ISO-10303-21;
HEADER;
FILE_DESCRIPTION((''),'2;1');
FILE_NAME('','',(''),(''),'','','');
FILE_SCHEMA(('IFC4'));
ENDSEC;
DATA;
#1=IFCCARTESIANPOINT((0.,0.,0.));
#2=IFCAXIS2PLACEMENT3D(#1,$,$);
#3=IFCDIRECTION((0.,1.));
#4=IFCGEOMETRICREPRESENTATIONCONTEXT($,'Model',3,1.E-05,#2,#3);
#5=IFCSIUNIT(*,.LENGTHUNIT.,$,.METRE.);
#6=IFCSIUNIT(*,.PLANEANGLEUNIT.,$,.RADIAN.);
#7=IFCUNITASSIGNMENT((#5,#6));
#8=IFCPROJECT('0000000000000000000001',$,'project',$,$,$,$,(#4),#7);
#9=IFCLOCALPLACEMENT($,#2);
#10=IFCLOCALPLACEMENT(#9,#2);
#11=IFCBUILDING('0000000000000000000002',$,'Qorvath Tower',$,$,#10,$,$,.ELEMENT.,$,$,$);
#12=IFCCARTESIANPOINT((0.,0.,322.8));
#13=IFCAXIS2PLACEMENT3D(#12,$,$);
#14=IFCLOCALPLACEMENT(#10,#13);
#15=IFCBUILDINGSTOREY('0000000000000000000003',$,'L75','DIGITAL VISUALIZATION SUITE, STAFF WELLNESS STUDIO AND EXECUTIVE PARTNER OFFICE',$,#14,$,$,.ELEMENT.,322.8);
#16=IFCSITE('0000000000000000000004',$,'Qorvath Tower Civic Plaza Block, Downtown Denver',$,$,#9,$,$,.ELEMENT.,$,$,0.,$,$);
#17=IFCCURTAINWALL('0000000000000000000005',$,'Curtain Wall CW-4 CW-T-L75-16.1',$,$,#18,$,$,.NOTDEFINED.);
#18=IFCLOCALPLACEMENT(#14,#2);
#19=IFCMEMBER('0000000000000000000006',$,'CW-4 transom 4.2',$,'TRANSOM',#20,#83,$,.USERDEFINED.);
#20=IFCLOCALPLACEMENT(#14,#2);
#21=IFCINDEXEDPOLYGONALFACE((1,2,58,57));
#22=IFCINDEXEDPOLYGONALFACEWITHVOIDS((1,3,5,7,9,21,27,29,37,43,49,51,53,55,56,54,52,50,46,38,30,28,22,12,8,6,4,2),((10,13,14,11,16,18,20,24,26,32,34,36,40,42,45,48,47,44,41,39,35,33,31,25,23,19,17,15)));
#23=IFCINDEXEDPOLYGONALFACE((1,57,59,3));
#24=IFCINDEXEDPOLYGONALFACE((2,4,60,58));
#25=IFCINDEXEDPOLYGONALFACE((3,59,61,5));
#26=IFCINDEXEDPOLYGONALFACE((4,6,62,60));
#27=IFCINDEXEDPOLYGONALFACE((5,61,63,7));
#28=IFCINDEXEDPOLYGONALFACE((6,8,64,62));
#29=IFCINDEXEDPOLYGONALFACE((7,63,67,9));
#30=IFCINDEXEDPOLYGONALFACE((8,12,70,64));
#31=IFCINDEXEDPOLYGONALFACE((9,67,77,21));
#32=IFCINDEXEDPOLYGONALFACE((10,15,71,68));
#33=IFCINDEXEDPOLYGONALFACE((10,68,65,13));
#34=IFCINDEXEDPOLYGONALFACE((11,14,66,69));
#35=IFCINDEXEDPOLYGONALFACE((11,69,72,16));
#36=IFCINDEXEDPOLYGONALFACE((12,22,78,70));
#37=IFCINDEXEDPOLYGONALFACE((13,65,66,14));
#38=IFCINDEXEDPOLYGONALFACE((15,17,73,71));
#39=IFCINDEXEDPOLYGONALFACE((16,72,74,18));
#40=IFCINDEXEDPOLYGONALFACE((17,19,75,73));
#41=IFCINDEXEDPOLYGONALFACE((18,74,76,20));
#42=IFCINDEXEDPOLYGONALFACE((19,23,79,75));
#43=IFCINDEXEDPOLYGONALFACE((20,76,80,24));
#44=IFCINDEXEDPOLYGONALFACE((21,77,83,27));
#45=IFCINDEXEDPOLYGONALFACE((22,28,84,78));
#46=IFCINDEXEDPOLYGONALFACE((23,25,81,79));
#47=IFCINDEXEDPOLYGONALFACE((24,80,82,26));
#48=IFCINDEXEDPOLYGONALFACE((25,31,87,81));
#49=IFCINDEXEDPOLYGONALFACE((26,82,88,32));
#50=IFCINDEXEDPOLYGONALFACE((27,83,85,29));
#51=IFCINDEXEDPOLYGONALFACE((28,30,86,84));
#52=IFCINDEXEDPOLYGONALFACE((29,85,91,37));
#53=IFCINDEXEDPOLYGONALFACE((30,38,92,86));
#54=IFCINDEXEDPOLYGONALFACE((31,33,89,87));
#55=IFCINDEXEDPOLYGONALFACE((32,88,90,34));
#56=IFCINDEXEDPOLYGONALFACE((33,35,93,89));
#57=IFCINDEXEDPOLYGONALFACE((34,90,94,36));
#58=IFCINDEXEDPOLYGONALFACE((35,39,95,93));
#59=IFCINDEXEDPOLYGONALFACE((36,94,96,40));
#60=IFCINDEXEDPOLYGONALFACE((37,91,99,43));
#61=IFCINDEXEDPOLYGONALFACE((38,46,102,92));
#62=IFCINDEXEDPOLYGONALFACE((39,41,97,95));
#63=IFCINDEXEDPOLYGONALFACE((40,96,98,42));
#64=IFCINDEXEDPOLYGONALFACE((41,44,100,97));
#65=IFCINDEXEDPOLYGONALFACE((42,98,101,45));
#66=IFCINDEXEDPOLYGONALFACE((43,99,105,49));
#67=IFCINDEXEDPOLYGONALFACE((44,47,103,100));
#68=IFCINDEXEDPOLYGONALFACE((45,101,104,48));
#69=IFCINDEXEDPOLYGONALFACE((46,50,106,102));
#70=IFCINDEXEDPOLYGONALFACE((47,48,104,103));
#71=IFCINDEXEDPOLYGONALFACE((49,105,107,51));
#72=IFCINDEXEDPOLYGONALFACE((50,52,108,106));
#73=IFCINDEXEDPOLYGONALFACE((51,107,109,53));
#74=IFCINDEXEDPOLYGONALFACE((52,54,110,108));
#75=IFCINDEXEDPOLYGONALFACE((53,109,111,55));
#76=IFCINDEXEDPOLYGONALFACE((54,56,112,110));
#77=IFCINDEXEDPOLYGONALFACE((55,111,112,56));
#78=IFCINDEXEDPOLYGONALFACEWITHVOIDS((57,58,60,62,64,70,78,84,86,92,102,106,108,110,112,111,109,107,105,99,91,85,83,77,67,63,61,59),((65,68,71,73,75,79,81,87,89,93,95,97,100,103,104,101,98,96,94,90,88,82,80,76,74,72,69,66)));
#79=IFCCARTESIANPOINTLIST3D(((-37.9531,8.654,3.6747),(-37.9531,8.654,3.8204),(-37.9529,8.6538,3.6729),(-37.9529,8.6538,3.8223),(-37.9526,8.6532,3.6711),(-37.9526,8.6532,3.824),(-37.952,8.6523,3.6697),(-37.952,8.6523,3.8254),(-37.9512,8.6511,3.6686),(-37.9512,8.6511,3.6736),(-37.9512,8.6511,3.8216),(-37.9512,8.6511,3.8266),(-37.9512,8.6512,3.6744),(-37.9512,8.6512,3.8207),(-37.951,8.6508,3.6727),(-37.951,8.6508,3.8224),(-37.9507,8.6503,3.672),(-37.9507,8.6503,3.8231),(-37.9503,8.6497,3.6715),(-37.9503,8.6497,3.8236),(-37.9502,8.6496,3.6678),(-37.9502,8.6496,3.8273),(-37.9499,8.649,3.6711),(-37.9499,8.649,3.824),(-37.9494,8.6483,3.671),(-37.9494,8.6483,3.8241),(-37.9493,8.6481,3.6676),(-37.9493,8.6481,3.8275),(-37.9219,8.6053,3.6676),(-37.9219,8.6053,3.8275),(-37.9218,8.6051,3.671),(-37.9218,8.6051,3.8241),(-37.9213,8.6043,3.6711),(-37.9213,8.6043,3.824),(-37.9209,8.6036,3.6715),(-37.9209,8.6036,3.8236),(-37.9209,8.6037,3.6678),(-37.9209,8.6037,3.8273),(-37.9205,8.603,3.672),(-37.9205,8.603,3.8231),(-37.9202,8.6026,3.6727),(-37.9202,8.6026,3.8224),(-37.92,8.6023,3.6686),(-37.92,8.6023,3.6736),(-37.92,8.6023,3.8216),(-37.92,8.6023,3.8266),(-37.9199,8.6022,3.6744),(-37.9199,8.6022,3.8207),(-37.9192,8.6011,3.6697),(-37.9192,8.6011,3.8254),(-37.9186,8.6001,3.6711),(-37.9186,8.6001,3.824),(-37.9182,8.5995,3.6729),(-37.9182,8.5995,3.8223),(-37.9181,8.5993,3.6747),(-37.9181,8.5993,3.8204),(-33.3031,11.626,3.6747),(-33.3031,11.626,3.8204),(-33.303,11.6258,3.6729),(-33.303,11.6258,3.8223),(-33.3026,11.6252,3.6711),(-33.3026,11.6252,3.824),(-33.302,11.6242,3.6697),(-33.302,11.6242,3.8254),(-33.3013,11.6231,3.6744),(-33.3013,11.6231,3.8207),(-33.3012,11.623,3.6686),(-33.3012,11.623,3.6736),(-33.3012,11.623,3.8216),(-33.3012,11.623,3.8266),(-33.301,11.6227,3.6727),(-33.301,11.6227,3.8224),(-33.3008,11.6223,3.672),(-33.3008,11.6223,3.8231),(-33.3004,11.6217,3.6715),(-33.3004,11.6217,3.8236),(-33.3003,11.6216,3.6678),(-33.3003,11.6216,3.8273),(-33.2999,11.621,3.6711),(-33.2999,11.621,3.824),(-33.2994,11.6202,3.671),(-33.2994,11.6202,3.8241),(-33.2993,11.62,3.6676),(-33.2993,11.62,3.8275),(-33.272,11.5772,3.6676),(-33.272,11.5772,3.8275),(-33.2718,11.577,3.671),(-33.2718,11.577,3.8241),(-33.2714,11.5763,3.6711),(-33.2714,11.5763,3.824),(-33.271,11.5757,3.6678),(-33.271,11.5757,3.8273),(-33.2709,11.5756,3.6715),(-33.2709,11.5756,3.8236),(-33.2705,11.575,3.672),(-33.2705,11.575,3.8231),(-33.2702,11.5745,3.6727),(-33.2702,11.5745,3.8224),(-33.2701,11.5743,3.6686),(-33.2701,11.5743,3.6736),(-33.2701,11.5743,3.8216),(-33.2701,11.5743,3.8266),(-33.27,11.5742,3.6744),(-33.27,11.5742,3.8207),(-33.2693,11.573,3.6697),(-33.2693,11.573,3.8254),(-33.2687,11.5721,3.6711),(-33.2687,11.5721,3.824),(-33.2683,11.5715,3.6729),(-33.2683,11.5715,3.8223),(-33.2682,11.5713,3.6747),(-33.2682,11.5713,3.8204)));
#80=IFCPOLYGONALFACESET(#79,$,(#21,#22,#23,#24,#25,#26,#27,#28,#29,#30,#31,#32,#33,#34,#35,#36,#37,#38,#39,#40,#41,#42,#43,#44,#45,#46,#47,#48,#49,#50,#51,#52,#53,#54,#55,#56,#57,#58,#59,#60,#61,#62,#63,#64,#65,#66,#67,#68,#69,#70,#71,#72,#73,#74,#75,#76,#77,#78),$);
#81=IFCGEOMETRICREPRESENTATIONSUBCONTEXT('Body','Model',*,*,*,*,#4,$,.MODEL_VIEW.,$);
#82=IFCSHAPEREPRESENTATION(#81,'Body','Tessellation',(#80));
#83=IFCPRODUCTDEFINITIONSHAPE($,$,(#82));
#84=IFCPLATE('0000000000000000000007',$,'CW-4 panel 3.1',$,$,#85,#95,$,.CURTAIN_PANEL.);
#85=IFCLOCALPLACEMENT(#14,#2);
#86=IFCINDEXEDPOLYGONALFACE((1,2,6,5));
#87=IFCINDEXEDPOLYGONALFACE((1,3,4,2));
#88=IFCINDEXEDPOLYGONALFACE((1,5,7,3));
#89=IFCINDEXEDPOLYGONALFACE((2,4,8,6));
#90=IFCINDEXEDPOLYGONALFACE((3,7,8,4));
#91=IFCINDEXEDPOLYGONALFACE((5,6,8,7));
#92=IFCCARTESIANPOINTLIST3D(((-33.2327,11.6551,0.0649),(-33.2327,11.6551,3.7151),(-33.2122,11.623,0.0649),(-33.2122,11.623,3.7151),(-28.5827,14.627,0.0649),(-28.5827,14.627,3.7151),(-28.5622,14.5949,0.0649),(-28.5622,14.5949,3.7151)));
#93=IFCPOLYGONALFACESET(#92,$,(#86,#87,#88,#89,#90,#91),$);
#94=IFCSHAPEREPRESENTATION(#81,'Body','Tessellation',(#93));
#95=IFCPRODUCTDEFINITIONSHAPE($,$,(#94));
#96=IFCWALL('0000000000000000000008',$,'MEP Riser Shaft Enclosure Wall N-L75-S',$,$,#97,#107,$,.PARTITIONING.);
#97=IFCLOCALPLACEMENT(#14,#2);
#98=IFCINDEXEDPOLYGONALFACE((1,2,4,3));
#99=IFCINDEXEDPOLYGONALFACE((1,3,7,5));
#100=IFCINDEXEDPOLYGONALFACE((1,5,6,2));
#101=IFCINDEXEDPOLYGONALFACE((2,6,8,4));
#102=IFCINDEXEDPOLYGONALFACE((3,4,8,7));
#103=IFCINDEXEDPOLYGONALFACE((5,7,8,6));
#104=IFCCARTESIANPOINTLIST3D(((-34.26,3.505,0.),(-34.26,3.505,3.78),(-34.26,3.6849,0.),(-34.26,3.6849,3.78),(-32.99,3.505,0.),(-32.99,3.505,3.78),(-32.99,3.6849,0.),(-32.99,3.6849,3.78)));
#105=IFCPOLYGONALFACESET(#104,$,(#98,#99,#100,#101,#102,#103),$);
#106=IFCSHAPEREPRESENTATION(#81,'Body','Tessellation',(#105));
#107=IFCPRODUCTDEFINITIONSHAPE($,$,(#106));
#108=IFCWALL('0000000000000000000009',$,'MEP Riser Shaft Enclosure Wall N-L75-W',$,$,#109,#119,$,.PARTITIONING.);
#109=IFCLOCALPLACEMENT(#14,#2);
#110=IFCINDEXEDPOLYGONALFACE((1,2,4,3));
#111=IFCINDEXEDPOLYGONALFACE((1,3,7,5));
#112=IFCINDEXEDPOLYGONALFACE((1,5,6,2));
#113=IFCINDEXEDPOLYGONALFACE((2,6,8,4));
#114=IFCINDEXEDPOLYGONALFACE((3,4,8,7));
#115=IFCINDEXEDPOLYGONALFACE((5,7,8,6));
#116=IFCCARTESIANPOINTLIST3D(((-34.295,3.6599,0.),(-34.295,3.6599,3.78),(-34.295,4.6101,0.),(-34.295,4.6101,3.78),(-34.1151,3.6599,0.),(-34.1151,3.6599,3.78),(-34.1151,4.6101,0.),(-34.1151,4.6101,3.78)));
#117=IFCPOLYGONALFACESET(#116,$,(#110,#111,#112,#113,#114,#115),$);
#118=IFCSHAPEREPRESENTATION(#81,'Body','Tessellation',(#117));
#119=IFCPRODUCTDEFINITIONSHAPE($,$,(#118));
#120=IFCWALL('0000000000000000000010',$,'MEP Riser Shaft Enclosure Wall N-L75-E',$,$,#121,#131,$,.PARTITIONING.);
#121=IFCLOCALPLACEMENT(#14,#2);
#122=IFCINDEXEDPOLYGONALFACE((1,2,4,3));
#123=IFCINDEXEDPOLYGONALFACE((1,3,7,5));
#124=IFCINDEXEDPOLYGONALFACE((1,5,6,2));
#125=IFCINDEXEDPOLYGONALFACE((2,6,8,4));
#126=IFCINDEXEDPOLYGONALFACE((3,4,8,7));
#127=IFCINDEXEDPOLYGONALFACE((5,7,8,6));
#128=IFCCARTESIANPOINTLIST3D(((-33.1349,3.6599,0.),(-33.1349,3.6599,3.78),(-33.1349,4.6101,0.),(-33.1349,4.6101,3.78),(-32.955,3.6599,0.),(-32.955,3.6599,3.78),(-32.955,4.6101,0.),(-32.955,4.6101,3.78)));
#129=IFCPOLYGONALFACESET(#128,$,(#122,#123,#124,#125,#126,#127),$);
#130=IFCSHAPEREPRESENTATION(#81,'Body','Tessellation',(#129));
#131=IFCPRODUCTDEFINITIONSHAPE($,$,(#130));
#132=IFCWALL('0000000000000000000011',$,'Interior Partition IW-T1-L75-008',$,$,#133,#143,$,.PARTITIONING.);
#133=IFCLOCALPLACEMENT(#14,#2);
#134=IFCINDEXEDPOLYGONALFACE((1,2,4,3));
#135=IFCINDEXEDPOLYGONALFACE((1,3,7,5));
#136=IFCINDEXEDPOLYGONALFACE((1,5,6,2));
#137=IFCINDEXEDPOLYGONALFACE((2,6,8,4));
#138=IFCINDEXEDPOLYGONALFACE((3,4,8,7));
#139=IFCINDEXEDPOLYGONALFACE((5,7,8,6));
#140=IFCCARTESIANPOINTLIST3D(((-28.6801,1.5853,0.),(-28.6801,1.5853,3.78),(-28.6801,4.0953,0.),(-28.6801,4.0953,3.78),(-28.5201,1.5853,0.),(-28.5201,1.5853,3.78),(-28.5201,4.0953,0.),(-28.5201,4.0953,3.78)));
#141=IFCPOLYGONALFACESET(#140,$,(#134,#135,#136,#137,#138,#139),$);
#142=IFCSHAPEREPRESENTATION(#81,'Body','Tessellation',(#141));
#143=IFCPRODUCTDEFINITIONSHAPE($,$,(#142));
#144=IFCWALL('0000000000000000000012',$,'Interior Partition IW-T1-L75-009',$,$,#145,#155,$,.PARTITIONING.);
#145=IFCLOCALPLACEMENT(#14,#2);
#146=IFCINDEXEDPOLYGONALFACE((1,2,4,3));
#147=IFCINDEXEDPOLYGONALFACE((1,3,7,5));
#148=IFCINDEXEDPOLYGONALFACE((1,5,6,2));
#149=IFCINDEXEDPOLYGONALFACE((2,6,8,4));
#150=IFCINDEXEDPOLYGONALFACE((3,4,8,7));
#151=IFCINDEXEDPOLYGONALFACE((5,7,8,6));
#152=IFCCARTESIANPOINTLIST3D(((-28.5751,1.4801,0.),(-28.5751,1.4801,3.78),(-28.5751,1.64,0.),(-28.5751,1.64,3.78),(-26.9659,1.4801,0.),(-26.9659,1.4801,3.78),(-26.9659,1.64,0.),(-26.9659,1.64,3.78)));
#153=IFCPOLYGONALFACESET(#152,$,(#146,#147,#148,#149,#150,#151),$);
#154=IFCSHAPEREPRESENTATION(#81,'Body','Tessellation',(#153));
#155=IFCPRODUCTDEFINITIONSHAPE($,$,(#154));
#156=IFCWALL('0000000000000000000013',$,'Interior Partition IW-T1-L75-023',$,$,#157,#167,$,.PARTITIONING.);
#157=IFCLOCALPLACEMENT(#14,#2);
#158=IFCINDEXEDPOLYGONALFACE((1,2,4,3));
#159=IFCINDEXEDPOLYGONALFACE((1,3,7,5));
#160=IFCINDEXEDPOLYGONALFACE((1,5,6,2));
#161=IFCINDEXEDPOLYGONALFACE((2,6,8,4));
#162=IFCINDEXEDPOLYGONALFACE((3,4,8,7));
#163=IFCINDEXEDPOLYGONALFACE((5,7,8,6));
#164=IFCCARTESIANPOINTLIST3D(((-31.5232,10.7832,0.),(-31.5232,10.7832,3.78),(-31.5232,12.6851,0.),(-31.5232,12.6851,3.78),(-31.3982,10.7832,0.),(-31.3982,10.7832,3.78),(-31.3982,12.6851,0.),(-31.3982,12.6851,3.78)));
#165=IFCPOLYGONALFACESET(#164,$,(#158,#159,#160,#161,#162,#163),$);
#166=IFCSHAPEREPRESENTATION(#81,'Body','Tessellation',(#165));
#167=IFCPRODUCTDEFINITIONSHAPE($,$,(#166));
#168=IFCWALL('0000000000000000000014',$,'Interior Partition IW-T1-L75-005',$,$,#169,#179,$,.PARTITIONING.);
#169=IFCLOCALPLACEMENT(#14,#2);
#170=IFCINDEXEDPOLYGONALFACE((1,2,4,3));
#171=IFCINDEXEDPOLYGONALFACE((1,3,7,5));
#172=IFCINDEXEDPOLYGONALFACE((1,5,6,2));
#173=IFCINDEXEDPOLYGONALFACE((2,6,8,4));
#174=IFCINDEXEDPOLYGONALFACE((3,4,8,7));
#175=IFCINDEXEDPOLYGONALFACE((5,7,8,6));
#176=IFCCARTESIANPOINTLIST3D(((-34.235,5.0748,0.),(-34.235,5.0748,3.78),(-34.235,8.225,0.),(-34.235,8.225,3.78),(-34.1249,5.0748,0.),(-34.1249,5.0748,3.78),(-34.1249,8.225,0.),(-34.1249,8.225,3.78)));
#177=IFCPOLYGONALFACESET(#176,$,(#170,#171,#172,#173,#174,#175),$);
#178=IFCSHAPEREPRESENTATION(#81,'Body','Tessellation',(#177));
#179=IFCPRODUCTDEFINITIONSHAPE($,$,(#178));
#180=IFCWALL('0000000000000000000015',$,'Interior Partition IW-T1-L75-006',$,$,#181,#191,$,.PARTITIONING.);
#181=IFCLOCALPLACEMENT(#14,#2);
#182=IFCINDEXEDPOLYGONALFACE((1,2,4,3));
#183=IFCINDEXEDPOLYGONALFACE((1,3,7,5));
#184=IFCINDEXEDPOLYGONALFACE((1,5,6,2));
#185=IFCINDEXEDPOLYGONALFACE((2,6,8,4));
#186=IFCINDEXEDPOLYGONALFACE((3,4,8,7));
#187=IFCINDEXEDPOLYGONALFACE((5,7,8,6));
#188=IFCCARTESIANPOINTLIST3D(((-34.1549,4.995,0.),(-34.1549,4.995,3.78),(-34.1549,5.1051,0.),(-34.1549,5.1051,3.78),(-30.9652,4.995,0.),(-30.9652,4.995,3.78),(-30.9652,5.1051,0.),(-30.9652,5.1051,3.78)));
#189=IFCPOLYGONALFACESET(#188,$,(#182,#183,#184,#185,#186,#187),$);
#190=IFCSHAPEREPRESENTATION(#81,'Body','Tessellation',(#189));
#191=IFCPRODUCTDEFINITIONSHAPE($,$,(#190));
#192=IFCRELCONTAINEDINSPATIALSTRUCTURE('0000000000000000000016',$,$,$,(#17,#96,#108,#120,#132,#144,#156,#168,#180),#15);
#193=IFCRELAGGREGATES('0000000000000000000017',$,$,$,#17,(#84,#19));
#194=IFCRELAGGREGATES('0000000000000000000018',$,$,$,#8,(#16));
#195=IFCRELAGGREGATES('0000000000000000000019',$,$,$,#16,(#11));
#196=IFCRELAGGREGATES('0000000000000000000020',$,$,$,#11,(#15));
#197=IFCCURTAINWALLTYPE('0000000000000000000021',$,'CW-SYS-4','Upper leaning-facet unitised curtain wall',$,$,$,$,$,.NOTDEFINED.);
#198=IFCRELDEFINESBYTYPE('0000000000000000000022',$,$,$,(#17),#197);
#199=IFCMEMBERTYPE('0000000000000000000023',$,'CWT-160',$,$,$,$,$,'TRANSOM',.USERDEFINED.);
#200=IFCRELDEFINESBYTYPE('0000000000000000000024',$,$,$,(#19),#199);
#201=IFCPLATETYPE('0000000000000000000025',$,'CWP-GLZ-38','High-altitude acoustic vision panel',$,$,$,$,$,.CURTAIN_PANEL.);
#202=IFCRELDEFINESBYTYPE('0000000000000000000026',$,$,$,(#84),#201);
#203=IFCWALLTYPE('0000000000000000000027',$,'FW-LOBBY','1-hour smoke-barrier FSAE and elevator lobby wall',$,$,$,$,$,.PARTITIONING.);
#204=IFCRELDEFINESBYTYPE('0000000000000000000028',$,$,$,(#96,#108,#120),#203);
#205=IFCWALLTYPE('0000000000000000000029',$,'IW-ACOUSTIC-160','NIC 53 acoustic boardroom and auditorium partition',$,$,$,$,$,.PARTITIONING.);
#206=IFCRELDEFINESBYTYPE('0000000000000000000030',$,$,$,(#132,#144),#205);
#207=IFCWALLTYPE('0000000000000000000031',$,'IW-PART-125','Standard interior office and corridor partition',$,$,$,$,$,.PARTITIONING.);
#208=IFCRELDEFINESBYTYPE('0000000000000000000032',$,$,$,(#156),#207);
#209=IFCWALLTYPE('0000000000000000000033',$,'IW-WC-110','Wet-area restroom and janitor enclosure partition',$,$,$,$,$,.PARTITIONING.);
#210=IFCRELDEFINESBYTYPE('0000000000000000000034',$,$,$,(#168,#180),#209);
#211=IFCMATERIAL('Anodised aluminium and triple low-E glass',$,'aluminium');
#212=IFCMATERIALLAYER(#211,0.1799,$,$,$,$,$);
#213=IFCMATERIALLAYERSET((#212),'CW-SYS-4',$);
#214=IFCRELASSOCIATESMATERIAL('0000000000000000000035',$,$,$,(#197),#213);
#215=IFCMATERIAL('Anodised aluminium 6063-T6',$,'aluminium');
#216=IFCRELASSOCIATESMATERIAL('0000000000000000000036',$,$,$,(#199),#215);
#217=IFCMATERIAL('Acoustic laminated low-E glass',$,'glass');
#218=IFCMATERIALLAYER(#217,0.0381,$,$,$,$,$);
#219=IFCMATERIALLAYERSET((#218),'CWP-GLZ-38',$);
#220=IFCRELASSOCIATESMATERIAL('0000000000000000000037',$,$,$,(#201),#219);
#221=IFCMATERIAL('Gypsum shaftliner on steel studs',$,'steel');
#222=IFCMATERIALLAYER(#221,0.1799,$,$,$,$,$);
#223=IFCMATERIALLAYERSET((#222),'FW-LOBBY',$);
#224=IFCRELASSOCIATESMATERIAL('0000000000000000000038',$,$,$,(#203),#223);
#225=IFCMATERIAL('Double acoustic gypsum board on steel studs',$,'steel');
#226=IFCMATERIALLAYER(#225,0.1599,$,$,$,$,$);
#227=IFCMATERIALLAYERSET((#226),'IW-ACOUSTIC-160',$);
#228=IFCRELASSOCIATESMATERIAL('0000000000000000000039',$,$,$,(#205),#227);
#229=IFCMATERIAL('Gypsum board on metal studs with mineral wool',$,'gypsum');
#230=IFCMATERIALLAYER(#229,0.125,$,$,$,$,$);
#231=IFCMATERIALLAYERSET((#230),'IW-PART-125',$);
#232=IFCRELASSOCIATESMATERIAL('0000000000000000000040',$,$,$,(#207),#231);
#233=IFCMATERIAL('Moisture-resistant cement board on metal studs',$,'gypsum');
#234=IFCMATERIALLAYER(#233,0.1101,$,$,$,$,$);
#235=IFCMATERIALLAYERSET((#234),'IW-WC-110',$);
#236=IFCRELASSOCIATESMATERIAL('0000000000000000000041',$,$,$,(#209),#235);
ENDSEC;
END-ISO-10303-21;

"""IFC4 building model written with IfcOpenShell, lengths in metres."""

from ifc_helpers import new_model, si_unit, direction, frame, frame_2d, origin, origin_2d, place, context, subcontext, project, spatial, rectangle, hollow_rectangle, extrude, material, layer, layer_set, material_profile, profile_set, type_object, element, aggregate, save


model = new_model("IFC4")

# Units and contexts
model_context = context("Model", 3, precision=1e-05, world=origin(), true_north=direction((0.0, 1.0)))
body_context = subcontext(model_context, "Body", "Model", "MODEL_VIEW")
ifc_project = project(units=[si_unit("LENGTHUNIT", "METRE"), si_unit("PLANEANGLEUNIT", "RADIAN")], contexts=[model_context])

# Site, building, storey
site_placement = place(None, origin())
site = spatial("IfcSite", under=ifc_project, at=site_placement, Name="Qorvath Tower Civic Plaza Block, Downtown Denver", CompositionType="ELEMENT", RefElevation=0.0)
building_placement = place(site_placement, origin())
building = spatial("IfcBuilding", under=site, at=building_placement, Name="Qorvath Tower", CompositionType="ELEMENT")
storey_placement = place(building_placement, frame((0.0, 0.0, 322.8)))
storey = spatial("IfcBuildingStorey", under=building, at=storey_placement, Name="L75", Description="DIGITAL VISUALIZATION SUITE, STAFF WELLNESS STUDIO AND EXECUTIVE PARTNER OFFICE", CompositionType="ELEMENT", Elevation=322.8)

# Curtain wall, member, plate
ifc_material_1 = material(Name="Anodised aluminium and triple low-E glass", Category="aluminium")
ifc_layer_1 = layer(ifc_material_1, 0.1799)
ifc_layer_set_1 = layer_set([ifc_layer_1], Name="CW-SYS-4")
curtain_wall_type = type_object("IfcCurtainWallType", Name="CW-SYS-4", Description="Upper leaning-facet unitised curtain wall", PredefinedType="NOTDEFINED", material=ifc_layer_set_1)
curtain_wall_placement = place(storey_placement, origin())
curtain_wall = element("IfcCurtainWall", 1, at=curtain_wall_placement, inside=storey, type_object=curtain_wall_type, Name="Curtain Wall CW-4 CW-T-L75-16.1", PredefinedType="NOTDEFINED")
ifc_material_2 = material(Name="Anodised aluminium 6063-T6", Category="aluminium")
ifc_material_profile_1 = material_profile(ifc_material_2, hollow_rectangle(XDim=0.0649, YDim=0.1599, WallThickness=0.0034, InnerFilletRadius=0.0034, OuterFilletRadius=0.0071, at=origin_2d()), Name="CWT 160x65")
ifc_profile_set_1 = profile_set([ifc_material_profile_1], Name="Anodised aluminium 6063-T6")
member_type_1 = type_object("IfcMemberType", Name="CWT-160", ElementType="TRANSOM", PredefinedType="USERDEFINED", material=ifc_profile_set_1)
member_1_placement = place(storey_placement, frame((-33.2856, 11.5986, 3.7476), z_axis=(-0.842601, -0.538538, 0.0), x_axis=(0.538538, -0.842601, 0.0)))
member_1 = element("IfcMember", 2, at=member_1_placement, type_object=member_type_1, Name="CW-4 transom 4.2", ObjectType="TRANSOM", PredefinedType="USERDEFINED", context=body_context, shape_type="SweptSolid", body=[
    extrude(hollow_rectangle(XDim=0.0649, YDim=0.1599, WallThickness=0.0034, InnerFilletRadius=0.0034, OuterFilletRadius=0.0071, at=origin_2d()), origin(), (0.0, 0.0, 1.0), 5.5186),
])
ifc_material_3 = material(Name="Acoustic laminated low-E glass", Category="glass")
ifc_layer_2 = layer(ifc_material_3, 0.0381)
ifc_layer_set_2 = layer_set([ifc_layer_2], Name="CWP-GLZ-38")
plate_type = type_object("IfcPlateType", Name="CWP-GLZ-38", Description="High-altitude acoustic vision panel", PredefinedType="CURTAIN_PANEL", material=ifc_layer_set_2)
plate_placement = place(storey_placement, frame((-30.8975, 13.125, 0.0649), z_axis=(0.0, 0.0, 1.0), x_axis=(-0.842603, -0.538536, 0.0)))
plate = element("IfcPlate", 3, at=plate_placement, type_object=plate_type, Name="CW-4 panel 3.1", PredefinedType="CURTAIN_PANEL", context=body_context, shape_type="SweptSolid", body=[
    extrude(rectangle(XDim=5.5186, YDim=0.0381, at=origin_2d()), origin(), (0.0, 0.0, 1.0), 3.6501),
])
aggregate(curtain_wall, [plate, member_1])

# Walls
ifc_material_4 = material(Name="Gypsum shaftliner on steel studs", Category="steel")
ifc_layer_3 = layer(ifc_material_4, 0.1799)
ifc_layer_set_3 = layer_set([ifc_layer_3], Name="FW-LOBBY")
wall_type_1 = type_object("IfcWallType", Name="FW-LOBBY", Description="1-hour smoke-barrier FSAE and elevator lobby wall", PredefinedType="PARTITIONING", material=ifc_layer_set_3)
wall_1_placement = place(storey_placement, frame((-32.99, 3.595, 0.0), z_axis=(0.0, 0.0, 1.0), x_axis=(-1.0, 0.0, 0.0)))
element("IfcWall", 4, at=wall_1_placement, inside=storey, type_object=wall_type_1, Name="MEP Riser Shaft Enclosure Wall N-L75-S", PredefinedType="PARTITIONING", context=body_context, shape_type="SweptSolid", body=[
    extrude(rectangle(XDim=1.27, YDim=0.1799, at=frame_2d((0.635, 0.0))), origin(), (0.0, 0.0, 1.0), 3.78),
])
for number, where, z_axis, x_axis, name in (
    (5, (-34.2051, 3.6599, 0.0), (0.0, 0.0, 1.0), (0.0, 1.0, 0.0), "MEP Riser Shaft Enclosure Wall N-L75-W"),
    (6, (-33.0449, 4.6101, 0.0), (0.0, 0.0, 1.0), (0.0, -1.0, 0.0), "MEP Riser Shaft Enclosure Wall N-L75-E"),
):
    element("IfcWall", number, at=place(storey_placement, frame(where, z_axis=z_axis, x_axis=x_axis)), inside=storey, type_object=wall_type_1, Name=name, PredefinedType="PARTITIONING", context=body_context, shape_type="SweptSolid", body=[
        extrude(rectangle(XDim=0.9502, YDim=0.1799, at=frame_2d((0.4751, 0.0))), origin(), (0.0, 0.0, 1.0), 3.78),
    ])
ifc_material_5 = material(Name="Double acoustic gypsum board on steel studs", Category="steel")
ifc_layer_4 = layer(ifc_material_5, 0.1599)
ifc_layer_set_4 = layer_set([ifc_layer_4], Name="IW-ACOUSTIC-160")
wall_type_2 = type_object("IfcWallType", Name="IW-ACOUSTIC-160", Description="NIC 53 acoustic boardroom and auditorium partition", PredefinedType="PARTITIONING", material=ifc_layer_set_4)
wall_2_placement = place(storey_placement, frame((-28.6001, 4.0952, 0.0), z_axis=(0.0, 0.0, 1.0), x_axis=(0.0, -1.0, 0.0)))
element("IfcWall", 7, at=wall_2_placement, inside=storey, type_object=wall_type_2, Name="Interior Partition IW-T1-L75-008", PredefinedType="PARTITIONING", context=body_context, shape_type="SweptSolid", body=[
    extrude(rectangle(XDim=2.51, YDim=0.1599, at=frame_2d((1.2549, 0.0))), origin(), (0.0, 0.0, 1.0), 3.78),
])
wall_3_placement = place(storey_placement, frame((-28.5752, 1.5601, 0.0), z_axis=(0.0, 0.0, 1.0), x_axis=(1.0, 0.0, 0.0)))
element("IfcWall", 8, at=wall_3_placement, inside=storey, type_object=wall_type_2, Name="Interior Partition IW-T1-L75-009", PredefinedType="PARTITIONING", context=body_context, shape_type="SweptSolid", body=[
    extrude(rectangle(XDim=1.6091, YDim=0.1599, at=frame_2d((0.8047, 0.0))), origin(), (0.0, 0.0, 1.0), 3.78),
])

# Shared definitions
ifc_material_6 = material(Name="Gypsum board on metal studs with mineral wool", Category="gypsum")
ifc_layer_5 = layer(ifc_material_6, 0.125)
ifc_layer_set_5 = layer_set([ifc_layer_5], Name="IW-PART-125")
wall_type_3 = type_object("IfcWallType", Name="IW-PART-125", Description="Standard interior office and corridor partition", PredefinedType="PARTITIONING", material=ifc_layer_set_5)

# Walls
wall_4_placement = place(storey_placement, frame((-31.4607, 12.6851, 0.0), z_axis=(0.0, 0.0, 1.0), x_axis=(0.0, -1.0, 0.0)))
element("IfcWall", 9, at=wall_4_placement, inside=storey, type_object=wall_type_3, Name="Interior Partition IW-T1-L75-023", PredefinedType="PARTITIONING", context=body_context, shape_type="SweptSolid", body=[
    extrude(rectangle(XDim=1.9019, YDim=0.125, at=frame_2d((0.9509, 0.0))), origin(), (0.0, 0.0, 1.0), 3.78),
])
ifc_material_7 = material(Name="Moisture-resistant cement board on metal studs", Category="gypsum")
ifc_layer_6 = layer(ifc_material_7, 0.1101)
ifc_layer_set_6 = layer_set([ifc_layer_6], Name="IW-WC-110")
wall_type_4 = type_object("IfcWallType", Name="IW-WC-110", Description="Wet-area restroom and janitor enclosure partition", PredefinedType="PARTITIONING", material=ifc_layer_set_6)
wall_5_placement = place(storey_placement, frame((-34.1799, 8.2251, 0.0), z_axis=(0.0, 0.0, 1.0), x_axis=(0.0, -1.0, 0.0)))
element("IfcWall", 10, at=wall_5_placement, inside=storey, type_object=wall_type_4, Name="Interior Partition IW-T1-L75-005", PredefinedType="PARTITIONING", context=body_context, shape_type="SweptSolid", body=[
    extrude(rectangle(XDim=3.1501, YDim=0.1101, at=frame_2d((1.5752, 0.0))), origin(), (0.0, 0.0, 1.0), 3.78),
])
wall_6_placement = place(storey_placement, frame((-34.1548, 5.05, 0.0), z_axis=(0.0, 0.0, 1.0), x_axis=(1.0, 0.0, 0.0)))
element("IfcWall", 11, at=wall_6_placement, inside=storey, type_object=wall_type_4, Name="Interior Partition IW-T1-L75-006", PredefinedType="PARTITIONING", context=body_context, shape_type="SweptSolid", body=[
    extrude(rectangle(XDim=3.1897, YDim=0.1101, at=frame_2d((1.5947, 0.0))), origin(), (0.0, 0.0, 1.0), 3.78),
])

save(model, "model.ifc")
